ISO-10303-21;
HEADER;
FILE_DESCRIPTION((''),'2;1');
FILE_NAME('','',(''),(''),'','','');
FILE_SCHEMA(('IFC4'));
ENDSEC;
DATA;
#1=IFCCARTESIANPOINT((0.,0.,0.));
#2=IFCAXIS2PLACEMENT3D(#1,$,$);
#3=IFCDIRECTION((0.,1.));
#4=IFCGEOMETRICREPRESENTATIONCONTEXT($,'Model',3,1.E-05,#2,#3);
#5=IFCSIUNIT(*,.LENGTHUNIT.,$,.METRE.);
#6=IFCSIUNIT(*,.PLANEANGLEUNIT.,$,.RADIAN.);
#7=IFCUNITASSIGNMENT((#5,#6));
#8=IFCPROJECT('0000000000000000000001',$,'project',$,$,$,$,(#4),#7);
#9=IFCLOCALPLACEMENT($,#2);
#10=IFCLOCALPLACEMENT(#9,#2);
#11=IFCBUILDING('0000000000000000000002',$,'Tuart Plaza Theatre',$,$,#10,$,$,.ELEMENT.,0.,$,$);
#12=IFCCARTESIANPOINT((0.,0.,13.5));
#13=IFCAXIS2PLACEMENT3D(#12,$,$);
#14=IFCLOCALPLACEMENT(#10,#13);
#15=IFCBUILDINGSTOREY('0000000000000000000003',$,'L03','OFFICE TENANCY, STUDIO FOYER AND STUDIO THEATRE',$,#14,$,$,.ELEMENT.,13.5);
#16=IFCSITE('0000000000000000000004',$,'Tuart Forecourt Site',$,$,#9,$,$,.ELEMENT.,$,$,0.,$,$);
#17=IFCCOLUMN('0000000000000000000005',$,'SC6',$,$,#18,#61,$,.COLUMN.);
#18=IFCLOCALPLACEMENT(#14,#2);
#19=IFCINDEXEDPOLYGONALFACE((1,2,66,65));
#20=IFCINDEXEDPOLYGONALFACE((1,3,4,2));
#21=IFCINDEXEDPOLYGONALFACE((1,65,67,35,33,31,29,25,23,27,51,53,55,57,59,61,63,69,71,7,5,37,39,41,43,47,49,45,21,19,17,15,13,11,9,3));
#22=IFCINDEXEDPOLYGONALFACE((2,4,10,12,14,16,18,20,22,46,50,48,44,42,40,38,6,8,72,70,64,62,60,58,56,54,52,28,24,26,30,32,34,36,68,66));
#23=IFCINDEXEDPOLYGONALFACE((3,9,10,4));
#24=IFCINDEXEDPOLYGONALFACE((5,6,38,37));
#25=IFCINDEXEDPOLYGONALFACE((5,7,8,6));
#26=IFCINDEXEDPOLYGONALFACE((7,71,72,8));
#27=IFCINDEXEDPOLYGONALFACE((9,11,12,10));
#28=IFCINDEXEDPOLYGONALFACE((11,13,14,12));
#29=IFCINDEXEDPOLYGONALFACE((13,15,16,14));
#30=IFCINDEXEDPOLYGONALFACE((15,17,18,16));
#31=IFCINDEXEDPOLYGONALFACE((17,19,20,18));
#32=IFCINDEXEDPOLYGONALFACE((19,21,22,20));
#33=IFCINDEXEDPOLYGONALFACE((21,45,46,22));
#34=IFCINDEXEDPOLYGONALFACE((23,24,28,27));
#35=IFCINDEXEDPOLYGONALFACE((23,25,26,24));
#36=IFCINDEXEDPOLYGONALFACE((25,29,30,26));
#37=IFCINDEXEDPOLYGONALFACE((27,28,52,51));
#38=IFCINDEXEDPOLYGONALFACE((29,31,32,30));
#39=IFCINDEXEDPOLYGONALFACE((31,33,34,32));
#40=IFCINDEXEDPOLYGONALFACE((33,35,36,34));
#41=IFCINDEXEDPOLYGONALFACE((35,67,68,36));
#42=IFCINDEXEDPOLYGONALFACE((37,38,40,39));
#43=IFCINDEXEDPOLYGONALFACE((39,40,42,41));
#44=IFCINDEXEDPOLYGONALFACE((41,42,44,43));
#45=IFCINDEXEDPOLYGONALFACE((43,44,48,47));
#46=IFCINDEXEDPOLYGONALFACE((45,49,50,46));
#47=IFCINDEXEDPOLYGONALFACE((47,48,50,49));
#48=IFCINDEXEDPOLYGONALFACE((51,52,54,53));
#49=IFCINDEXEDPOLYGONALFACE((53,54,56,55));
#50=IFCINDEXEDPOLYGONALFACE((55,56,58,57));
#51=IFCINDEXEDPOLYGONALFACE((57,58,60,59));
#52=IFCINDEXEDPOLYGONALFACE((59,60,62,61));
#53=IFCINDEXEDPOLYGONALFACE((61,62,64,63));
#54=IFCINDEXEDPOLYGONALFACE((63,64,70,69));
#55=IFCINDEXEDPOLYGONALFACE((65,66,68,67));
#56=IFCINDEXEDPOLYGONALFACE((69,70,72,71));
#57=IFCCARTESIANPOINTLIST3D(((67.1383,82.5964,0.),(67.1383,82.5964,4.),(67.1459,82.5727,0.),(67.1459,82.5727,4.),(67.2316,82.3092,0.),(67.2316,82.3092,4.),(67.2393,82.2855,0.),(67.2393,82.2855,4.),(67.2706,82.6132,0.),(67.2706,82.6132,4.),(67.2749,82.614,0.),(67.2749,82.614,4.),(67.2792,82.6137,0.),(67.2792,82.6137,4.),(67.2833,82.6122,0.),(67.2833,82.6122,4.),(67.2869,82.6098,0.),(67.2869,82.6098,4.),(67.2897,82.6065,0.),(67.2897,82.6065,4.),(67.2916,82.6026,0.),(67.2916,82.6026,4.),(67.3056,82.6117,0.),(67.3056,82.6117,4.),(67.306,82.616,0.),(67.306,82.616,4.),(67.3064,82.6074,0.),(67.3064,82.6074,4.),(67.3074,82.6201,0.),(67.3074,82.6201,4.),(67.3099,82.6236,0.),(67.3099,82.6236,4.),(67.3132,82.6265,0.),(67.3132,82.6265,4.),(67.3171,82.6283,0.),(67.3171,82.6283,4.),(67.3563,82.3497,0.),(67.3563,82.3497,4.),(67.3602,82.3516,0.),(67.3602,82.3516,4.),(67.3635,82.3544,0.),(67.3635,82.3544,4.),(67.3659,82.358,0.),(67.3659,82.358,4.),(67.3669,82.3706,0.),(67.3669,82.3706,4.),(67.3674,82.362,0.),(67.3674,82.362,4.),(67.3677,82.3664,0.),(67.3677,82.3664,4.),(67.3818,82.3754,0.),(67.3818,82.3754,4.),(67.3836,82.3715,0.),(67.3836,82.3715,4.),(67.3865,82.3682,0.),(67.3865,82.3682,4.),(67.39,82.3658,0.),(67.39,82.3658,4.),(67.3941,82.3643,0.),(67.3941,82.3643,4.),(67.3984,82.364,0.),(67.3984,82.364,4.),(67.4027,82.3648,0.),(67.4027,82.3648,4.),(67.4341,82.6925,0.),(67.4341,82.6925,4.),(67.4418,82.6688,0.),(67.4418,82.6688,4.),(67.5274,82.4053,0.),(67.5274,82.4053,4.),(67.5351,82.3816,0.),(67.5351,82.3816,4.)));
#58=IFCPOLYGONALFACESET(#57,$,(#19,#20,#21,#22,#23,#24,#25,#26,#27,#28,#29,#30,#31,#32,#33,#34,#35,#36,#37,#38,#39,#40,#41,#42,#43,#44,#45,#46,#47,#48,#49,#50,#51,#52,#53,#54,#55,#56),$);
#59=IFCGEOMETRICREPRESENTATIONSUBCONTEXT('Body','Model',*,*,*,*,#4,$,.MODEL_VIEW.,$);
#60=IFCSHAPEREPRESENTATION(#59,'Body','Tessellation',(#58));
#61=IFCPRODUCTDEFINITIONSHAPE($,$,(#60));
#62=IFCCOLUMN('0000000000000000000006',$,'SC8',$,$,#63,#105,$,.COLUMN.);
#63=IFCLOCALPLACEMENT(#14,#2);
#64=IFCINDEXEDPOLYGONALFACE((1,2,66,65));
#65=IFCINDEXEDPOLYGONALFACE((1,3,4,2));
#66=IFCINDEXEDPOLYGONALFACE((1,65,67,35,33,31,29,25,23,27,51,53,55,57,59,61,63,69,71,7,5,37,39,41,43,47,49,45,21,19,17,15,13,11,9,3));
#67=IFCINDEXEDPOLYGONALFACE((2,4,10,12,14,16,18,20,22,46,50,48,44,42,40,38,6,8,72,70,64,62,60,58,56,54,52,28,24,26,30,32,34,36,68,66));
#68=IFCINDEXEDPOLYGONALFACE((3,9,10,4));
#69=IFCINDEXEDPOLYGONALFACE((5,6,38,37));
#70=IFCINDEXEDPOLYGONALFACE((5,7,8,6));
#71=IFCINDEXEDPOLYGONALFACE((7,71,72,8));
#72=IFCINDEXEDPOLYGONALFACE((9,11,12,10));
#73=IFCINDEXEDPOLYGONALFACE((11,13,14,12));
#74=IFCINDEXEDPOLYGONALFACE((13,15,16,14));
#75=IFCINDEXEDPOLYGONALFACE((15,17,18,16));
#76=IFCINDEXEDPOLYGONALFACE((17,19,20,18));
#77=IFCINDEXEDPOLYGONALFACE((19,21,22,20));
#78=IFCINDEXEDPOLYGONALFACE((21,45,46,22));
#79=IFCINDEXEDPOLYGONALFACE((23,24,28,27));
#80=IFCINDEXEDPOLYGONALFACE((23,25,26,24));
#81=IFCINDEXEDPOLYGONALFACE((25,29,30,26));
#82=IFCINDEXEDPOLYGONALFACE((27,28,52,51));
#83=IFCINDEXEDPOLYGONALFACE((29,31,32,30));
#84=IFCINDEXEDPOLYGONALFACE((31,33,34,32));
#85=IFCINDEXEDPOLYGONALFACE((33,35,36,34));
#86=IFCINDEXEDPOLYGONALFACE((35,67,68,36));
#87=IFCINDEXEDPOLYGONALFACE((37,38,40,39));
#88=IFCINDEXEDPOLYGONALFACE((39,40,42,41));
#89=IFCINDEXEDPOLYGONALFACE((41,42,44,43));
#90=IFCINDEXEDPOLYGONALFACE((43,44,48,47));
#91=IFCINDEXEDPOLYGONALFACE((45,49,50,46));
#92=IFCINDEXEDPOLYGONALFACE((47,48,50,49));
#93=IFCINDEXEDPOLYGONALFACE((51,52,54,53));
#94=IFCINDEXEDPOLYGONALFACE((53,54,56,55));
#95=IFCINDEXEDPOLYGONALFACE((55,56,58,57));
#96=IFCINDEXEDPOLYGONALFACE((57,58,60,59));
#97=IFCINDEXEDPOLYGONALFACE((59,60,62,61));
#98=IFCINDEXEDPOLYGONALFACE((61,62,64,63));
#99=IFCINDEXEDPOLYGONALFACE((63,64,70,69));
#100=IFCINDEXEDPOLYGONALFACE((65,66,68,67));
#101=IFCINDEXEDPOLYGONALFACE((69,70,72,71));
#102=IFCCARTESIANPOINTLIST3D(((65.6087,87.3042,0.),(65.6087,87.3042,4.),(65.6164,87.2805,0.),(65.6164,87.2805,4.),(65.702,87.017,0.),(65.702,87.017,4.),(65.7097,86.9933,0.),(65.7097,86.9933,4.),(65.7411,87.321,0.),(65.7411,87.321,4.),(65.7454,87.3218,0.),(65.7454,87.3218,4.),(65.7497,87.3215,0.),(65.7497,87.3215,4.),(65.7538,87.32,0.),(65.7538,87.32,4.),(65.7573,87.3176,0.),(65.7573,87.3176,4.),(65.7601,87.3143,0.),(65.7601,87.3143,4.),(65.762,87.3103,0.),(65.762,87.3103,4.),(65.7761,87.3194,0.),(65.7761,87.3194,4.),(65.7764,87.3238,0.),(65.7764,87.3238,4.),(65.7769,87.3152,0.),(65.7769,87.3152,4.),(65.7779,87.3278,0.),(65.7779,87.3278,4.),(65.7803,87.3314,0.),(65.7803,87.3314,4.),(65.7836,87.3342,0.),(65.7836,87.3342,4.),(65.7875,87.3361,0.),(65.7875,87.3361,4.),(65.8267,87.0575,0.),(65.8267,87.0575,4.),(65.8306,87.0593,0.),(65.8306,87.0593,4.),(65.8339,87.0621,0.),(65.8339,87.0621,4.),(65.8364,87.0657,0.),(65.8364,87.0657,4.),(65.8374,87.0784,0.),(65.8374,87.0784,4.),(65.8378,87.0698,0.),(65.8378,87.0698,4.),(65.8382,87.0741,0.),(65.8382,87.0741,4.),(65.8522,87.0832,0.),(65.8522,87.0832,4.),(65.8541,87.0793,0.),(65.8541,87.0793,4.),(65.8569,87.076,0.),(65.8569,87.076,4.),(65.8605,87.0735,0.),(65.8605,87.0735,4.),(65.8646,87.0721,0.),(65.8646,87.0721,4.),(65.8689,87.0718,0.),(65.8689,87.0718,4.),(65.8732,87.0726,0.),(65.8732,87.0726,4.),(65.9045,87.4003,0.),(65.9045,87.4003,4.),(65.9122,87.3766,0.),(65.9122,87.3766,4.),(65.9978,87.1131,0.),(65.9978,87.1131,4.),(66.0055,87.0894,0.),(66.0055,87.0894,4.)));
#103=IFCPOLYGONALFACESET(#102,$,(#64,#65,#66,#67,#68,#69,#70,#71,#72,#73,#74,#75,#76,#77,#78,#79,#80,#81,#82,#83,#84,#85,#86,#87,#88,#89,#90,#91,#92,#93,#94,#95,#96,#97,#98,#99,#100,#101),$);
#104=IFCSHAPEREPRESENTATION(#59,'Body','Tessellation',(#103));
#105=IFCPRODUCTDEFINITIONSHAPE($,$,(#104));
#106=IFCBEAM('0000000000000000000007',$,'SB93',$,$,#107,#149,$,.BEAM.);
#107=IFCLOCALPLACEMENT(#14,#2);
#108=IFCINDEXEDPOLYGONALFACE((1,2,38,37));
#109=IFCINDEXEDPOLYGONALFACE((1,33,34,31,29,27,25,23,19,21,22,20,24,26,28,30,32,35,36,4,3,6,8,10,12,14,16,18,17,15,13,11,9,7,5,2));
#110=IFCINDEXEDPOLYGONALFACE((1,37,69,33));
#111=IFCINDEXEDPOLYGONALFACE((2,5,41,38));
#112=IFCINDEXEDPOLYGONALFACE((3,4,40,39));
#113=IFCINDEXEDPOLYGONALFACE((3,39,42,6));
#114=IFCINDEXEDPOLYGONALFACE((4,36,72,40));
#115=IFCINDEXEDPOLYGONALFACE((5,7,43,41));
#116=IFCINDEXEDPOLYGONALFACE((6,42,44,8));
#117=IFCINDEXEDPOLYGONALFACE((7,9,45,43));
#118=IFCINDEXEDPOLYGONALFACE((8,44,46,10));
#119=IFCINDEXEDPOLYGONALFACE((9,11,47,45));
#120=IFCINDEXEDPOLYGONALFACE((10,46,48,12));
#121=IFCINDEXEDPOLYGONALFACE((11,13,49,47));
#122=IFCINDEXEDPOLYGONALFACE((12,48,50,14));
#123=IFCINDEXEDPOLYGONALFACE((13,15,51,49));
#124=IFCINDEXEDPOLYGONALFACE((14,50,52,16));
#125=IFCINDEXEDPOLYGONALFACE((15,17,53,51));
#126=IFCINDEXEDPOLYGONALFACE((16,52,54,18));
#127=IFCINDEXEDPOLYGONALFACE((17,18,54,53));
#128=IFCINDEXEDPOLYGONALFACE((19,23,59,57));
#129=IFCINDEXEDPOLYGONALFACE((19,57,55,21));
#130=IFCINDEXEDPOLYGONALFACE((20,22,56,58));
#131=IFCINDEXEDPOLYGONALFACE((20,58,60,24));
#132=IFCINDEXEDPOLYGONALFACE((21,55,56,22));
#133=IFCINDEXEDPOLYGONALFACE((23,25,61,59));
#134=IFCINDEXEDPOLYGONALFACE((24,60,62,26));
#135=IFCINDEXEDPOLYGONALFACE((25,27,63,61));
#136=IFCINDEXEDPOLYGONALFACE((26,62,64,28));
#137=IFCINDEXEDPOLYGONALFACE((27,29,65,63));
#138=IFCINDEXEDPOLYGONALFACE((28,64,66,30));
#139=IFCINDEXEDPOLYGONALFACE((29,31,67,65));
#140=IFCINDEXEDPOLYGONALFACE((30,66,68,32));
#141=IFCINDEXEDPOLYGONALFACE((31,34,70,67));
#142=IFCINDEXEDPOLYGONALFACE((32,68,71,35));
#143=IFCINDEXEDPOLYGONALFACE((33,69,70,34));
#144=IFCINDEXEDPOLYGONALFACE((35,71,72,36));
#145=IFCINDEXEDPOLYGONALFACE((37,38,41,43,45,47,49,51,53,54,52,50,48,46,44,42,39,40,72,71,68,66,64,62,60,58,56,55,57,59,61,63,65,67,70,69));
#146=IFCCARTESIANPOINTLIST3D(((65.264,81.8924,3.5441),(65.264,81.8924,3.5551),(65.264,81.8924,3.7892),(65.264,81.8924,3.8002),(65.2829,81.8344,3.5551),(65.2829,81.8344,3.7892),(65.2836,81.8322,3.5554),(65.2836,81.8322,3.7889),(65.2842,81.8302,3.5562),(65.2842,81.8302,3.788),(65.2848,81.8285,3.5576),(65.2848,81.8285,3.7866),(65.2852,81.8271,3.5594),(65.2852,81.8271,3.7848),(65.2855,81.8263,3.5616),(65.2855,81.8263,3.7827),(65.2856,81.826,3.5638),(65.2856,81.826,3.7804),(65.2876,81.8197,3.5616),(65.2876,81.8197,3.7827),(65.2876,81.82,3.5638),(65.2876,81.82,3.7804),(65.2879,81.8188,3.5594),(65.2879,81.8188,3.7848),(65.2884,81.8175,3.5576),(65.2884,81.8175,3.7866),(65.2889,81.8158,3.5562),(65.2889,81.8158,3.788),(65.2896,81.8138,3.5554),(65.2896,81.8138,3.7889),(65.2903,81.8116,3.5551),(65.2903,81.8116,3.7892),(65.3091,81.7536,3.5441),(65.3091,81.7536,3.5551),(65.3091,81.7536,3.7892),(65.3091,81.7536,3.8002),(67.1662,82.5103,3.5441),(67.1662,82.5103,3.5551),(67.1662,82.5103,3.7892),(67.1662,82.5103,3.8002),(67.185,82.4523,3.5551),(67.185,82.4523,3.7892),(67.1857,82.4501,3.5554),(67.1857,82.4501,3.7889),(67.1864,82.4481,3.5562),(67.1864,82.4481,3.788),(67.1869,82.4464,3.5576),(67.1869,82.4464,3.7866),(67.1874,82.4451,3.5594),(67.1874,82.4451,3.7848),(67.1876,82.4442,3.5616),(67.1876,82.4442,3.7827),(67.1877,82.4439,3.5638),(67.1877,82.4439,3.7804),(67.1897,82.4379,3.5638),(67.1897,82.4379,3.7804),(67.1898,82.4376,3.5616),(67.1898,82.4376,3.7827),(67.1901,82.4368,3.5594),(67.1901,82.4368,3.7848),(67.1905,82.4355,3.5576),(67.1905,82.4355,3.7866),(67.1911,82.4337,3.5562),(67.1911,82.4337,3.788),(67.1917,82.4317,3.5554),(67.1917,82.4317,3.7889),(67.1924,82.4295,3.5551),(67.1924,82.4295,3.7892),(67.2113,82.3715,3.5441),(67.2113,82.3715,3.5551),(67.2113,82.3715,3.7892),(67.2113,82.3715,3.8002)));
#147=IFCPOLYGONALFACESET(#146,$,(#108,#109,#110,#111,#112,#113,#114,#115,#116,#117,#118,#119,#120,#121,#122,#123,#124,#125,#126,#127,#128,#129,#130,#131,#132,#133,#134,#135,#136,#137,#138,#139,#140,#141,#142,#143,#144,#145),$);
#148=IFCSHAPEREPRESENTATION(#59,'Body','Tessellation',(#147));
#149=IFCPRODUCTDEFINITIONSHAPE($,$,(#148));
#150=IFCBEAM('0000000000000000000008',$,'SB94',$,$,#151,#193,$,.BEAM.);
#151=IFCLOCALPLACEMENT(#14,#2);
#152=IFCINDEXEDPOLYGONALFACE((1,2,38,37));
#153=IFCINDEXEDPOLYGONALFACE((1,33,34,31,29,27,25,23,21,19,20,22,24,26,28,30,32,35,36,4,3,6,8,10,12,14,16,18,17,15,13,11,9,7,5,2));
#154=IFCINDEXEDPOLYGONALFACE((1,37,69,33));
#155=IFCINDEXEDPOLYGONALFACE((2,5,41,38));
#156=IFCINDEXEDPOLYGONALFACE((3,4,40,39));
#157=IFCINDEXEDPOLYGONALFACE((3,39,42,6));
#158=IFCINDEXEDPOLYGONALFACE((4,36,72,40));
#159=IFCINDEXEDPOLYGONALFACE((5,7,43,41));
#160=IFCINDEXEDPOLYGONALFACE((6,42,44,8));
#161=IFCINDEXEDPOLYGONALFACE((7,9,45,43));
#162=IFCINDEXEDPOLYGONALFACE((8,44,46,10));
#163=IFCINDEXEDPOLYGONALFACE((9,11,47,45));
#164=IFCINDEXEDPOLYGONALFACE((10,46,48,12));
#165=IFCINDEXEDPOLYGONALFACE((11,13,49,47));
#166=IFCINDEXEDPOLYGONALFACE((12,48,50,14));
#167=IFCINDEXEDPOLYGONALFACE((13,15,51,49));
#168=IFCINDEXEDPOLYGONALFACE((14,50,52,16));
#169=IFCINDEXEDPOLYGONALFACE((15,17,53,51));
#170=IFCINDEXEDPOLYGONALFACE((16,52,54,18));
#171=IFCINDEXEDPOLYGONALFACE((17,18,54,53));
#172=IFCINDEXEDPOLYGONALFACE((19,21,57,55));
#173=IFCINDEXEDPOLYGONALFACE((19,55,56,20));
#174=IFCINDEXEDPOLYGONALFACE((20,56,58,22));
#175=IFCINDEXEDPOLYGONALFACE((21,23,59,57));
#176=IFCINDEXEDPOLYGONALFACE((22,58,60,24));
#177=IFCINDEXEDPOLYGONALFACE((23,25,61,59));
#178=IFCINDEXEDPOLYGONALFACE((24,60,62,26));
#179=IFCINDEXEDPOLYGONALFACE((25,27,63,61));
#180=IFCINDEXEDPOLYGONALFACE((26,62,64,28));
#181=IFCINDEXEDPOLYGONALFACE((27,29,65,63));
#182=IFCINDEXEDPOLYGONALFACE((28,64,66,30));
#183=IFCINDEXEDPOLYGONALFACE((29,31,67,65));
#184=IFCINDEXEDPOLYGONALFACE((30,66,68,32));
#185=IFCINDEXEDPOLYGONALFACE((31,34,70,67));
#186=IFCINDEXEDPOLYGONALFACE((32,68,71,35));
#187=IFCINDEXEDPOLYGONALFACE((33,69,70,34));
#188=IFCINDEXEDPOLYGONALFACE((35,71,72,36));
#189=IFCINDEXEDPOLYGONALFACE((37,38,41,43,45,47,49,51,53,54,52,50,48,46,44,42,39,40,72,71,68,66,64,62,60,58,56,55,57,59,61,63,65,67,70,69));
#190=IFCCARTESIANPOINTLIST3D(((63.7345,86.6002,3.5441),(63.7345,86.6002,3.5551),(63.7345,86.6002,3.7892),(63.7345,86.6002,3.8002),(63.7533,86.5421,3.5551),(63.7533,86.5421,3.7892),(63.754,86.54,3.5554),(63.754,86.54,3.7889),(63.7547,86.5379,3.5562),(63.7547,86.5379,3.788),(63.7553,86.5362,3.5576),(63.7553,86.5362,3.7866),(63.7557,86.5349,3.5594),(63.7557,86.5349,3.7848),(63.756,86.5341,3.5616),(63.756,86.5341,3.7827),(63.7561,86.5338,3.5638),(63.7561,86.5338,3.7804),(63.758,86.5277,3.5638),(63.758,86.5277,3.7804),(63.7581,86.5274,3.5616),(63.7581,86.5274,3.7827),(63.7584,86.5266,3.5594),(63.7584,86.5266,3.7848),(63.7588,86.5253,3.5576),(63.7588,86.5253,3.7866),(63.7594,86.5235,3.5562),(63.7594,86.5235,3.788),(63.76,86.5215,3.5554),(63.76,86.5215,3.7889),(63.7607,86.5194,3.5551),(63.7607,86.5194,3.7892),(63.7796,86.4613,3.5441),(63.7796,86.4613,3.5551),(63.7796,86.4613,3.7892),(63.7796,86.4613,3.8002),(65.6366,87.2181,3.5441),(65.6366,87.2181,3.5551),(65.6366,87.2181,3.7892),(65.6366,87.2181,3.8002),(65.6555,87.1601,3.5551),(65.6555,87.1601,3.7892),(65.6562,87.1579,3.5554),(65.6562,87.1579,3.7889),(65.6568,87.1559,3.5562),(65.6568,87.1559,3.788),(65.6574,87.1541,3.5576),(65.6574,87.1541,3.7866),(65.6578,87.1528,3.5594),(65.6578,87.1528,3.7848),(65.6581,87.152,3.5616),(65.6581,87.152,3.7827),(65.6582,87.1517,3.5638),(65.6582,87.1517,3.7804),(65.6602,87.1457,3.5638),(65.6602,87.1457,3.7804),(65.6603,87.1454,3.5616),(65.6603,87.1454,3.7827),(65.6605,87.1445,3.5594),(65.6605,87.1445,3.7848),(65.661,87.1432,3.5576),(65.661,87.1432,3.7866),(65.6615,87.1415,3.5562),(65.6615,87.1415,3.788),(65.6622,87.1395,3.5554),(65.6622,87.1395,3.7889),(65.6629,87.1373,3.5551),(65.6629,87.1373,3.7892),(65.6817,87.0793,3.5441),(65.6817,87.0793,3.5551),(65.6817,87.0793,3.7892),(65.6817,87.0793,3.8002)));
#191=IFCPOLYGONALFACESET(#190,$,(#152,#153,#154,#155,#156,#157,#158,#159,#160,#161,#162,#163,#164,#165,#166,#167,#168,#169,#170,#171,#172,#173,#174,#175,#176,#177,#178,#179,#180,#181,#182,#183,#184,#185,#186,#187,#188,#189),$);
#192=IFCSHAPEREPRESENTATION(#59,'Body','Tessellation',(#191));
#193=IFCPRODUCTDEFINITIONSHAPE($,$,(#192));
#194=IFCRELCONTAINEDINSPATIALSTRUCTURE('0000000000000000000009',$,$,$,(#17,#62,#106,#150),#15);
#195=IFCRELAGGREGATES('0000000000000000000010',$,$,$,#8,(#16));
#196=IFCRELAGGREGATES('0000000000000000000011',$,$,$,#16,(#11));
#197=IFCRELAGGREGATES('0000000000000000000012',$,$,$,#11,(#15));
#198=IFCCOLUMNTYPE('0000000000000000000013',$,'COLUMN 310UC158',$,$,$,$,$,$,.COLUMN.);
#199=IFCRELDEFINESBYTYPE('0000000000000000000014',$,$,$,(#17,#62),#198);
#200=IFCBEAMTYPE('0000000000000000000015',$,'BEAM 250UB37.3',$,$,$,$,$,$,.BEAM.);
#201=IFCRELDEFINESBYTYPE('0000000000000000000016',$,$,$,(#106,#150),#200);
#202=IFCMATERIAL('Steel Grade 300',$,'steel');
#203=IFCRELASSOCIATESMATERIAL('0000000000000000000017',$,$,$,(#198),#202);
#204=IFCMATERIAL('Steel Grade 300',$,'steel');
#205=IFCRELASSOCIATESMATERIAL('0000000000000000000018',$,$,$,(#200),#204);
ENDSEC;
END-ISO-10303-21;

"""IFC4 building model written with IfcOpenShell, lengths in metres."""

from ifc_helpers import new_model, si_unit, direction, frame, origin, origin_2d, place, context, subcontext, project, spatial, i_section, extrude, material, material_profile, profile_set, type_object, element, save


model = new_model("IFC4")

# Units and contexts
model_context = context("Model", 3, precision=1e-05, world=origin(), true_north=direction((0.0, 1.0)))
body_context = subcontext(model_context, "Body", "Model", "MODEL_VIEW")
ifc_project = project(units=[si_unit("LENGTHUNIT", "METRE"), si_unit("PLANEANGLEUNIT", "RADIAN")], contexts=[model_context])

# Site, building, storey
site_placement = place(None, origin())
site = spatial("IfcSite", under=ifc_project, at=site_placement, Name="Tuart Forecourt Site", CompositionType="ELEMENT", RefElevation=0.0)
building_placement = place(site_placement, origin())
building = spatial("IfcBuilding", under=site, at=building_placement, Name="Tuart Plaza Theatre", CompositionType="ELEMENT", ElevationOfRefHeight=0.0)
storey_placement = place(building_placement, frame((0.0, 0.0, 13.5)))
storey = spatial("IfcBuildingStorey", under=building, at=storey_placement, Name="L03", Description="OFFICE TENANCY, STUDIO FOYER AND STUDIO THEATRE", CompositionType="ELEMENT", Elevation=13.5)

# Columns
ifc_material_1 = material(Name="Steel Grade 300", Category="steel")
ifc_material_profile_1 = material_profile(ifc_material_1, i_section(OverallWidth=0.311, OverallDepth=0.3269, WebThickness=0.0156, FlangeThickness=0.0249, FilletRadius=0.0166, at=origin_2d()), Name="310UC158")
ifc_profile_set_1 = profile_set([ifc_material_profile_1], Name="Steel Grade 300")
column_type = type_object("IfcColumnType", Name="COLUMN 310UC158", PredefinedType="COLUMN", material=ifc_profile_set_1)
for number, where, z_axis, x_axis, name in (
    (1, (67.3367, 82.489, 0.0), (0.0, 0.0, 1.0), (0.951057, 0.309017, 0.0), "SC6"),
    (2, (65.8071, 87.1968, 0.0), (0.0, 0.0, 1.0), (0.951057, 0.309017, 0.0), "SC8"),
):
    element("IfcColumn", number, at=place(storey_placement, frame(where, z_axis=z_axis, x_axis=x_axis)), inside=storey, type_object=column_type, Name=name, PredefinedType="COLUMN", context=body_context, shape_type="SweptSolid", body=[
        extrude(i_section(OverallWidth=0.311, OverallDepth=0.3269, WebThickness=0.0156, FlangeThickness=0.0249, FilletRadius=0.0166, at=origin_2d()), origin(), (0.0, 0.0, 1.0), 4.0),
    ])

# Beams
ifc_material_2 = material(Name="Steel Grade 300", Category="steel")
ifc_material_profile_2 = material_profile(ifc_material_2, i_section(OverallWidth=0.146, OverallDepth=0.2561, WebThickness=0.0063, FlangeThickness=0.011, FilletRadius=0.0088, at=origin_2d()), Name="250UB37.3")
ifc_profile_set_2 = profile_set([ifc_material_profile_2], Name="Steel Grade 300")
beam_type = type_object("IfcBeamType", Name="BEAM 250UB37.3", PredefinedType="BEAM", material=ifc_profile_set_2)
for number, where, z_axis, x_axis, name in (
    (3, (67.1887, 82.4409, 3.6721), (-0.951073, -0.308967, 0.0), (0.308967, -0.951073, 0.0), "SB93"),
    (4, (65.6592, 87.1487, 3.6721), (-0.951073, -0.308967, 0.0), (0.308967, -0.951073, 0.0), "SB94"),
):
    element("IfcBeam", number, at=place(storey_placement, frame(where, z_axis=z_axis, x_axis=x_axis)), inside=storey, type_object=beam_type, Name=name, PredefinedType="BEAM", context=body_context, shape_type="SweptSolid", body=[
        extrude(i_section(OverallWidth=0.146, OverallDepth=0.2561, WebThickness=0.0063, FlangeThickness=0.011, FilletRadius=0.0088, at=origin_2d()), origin(), (0.0, 0.0, 1.0), 2.0),
    ])

save(model, "model.ifc")
